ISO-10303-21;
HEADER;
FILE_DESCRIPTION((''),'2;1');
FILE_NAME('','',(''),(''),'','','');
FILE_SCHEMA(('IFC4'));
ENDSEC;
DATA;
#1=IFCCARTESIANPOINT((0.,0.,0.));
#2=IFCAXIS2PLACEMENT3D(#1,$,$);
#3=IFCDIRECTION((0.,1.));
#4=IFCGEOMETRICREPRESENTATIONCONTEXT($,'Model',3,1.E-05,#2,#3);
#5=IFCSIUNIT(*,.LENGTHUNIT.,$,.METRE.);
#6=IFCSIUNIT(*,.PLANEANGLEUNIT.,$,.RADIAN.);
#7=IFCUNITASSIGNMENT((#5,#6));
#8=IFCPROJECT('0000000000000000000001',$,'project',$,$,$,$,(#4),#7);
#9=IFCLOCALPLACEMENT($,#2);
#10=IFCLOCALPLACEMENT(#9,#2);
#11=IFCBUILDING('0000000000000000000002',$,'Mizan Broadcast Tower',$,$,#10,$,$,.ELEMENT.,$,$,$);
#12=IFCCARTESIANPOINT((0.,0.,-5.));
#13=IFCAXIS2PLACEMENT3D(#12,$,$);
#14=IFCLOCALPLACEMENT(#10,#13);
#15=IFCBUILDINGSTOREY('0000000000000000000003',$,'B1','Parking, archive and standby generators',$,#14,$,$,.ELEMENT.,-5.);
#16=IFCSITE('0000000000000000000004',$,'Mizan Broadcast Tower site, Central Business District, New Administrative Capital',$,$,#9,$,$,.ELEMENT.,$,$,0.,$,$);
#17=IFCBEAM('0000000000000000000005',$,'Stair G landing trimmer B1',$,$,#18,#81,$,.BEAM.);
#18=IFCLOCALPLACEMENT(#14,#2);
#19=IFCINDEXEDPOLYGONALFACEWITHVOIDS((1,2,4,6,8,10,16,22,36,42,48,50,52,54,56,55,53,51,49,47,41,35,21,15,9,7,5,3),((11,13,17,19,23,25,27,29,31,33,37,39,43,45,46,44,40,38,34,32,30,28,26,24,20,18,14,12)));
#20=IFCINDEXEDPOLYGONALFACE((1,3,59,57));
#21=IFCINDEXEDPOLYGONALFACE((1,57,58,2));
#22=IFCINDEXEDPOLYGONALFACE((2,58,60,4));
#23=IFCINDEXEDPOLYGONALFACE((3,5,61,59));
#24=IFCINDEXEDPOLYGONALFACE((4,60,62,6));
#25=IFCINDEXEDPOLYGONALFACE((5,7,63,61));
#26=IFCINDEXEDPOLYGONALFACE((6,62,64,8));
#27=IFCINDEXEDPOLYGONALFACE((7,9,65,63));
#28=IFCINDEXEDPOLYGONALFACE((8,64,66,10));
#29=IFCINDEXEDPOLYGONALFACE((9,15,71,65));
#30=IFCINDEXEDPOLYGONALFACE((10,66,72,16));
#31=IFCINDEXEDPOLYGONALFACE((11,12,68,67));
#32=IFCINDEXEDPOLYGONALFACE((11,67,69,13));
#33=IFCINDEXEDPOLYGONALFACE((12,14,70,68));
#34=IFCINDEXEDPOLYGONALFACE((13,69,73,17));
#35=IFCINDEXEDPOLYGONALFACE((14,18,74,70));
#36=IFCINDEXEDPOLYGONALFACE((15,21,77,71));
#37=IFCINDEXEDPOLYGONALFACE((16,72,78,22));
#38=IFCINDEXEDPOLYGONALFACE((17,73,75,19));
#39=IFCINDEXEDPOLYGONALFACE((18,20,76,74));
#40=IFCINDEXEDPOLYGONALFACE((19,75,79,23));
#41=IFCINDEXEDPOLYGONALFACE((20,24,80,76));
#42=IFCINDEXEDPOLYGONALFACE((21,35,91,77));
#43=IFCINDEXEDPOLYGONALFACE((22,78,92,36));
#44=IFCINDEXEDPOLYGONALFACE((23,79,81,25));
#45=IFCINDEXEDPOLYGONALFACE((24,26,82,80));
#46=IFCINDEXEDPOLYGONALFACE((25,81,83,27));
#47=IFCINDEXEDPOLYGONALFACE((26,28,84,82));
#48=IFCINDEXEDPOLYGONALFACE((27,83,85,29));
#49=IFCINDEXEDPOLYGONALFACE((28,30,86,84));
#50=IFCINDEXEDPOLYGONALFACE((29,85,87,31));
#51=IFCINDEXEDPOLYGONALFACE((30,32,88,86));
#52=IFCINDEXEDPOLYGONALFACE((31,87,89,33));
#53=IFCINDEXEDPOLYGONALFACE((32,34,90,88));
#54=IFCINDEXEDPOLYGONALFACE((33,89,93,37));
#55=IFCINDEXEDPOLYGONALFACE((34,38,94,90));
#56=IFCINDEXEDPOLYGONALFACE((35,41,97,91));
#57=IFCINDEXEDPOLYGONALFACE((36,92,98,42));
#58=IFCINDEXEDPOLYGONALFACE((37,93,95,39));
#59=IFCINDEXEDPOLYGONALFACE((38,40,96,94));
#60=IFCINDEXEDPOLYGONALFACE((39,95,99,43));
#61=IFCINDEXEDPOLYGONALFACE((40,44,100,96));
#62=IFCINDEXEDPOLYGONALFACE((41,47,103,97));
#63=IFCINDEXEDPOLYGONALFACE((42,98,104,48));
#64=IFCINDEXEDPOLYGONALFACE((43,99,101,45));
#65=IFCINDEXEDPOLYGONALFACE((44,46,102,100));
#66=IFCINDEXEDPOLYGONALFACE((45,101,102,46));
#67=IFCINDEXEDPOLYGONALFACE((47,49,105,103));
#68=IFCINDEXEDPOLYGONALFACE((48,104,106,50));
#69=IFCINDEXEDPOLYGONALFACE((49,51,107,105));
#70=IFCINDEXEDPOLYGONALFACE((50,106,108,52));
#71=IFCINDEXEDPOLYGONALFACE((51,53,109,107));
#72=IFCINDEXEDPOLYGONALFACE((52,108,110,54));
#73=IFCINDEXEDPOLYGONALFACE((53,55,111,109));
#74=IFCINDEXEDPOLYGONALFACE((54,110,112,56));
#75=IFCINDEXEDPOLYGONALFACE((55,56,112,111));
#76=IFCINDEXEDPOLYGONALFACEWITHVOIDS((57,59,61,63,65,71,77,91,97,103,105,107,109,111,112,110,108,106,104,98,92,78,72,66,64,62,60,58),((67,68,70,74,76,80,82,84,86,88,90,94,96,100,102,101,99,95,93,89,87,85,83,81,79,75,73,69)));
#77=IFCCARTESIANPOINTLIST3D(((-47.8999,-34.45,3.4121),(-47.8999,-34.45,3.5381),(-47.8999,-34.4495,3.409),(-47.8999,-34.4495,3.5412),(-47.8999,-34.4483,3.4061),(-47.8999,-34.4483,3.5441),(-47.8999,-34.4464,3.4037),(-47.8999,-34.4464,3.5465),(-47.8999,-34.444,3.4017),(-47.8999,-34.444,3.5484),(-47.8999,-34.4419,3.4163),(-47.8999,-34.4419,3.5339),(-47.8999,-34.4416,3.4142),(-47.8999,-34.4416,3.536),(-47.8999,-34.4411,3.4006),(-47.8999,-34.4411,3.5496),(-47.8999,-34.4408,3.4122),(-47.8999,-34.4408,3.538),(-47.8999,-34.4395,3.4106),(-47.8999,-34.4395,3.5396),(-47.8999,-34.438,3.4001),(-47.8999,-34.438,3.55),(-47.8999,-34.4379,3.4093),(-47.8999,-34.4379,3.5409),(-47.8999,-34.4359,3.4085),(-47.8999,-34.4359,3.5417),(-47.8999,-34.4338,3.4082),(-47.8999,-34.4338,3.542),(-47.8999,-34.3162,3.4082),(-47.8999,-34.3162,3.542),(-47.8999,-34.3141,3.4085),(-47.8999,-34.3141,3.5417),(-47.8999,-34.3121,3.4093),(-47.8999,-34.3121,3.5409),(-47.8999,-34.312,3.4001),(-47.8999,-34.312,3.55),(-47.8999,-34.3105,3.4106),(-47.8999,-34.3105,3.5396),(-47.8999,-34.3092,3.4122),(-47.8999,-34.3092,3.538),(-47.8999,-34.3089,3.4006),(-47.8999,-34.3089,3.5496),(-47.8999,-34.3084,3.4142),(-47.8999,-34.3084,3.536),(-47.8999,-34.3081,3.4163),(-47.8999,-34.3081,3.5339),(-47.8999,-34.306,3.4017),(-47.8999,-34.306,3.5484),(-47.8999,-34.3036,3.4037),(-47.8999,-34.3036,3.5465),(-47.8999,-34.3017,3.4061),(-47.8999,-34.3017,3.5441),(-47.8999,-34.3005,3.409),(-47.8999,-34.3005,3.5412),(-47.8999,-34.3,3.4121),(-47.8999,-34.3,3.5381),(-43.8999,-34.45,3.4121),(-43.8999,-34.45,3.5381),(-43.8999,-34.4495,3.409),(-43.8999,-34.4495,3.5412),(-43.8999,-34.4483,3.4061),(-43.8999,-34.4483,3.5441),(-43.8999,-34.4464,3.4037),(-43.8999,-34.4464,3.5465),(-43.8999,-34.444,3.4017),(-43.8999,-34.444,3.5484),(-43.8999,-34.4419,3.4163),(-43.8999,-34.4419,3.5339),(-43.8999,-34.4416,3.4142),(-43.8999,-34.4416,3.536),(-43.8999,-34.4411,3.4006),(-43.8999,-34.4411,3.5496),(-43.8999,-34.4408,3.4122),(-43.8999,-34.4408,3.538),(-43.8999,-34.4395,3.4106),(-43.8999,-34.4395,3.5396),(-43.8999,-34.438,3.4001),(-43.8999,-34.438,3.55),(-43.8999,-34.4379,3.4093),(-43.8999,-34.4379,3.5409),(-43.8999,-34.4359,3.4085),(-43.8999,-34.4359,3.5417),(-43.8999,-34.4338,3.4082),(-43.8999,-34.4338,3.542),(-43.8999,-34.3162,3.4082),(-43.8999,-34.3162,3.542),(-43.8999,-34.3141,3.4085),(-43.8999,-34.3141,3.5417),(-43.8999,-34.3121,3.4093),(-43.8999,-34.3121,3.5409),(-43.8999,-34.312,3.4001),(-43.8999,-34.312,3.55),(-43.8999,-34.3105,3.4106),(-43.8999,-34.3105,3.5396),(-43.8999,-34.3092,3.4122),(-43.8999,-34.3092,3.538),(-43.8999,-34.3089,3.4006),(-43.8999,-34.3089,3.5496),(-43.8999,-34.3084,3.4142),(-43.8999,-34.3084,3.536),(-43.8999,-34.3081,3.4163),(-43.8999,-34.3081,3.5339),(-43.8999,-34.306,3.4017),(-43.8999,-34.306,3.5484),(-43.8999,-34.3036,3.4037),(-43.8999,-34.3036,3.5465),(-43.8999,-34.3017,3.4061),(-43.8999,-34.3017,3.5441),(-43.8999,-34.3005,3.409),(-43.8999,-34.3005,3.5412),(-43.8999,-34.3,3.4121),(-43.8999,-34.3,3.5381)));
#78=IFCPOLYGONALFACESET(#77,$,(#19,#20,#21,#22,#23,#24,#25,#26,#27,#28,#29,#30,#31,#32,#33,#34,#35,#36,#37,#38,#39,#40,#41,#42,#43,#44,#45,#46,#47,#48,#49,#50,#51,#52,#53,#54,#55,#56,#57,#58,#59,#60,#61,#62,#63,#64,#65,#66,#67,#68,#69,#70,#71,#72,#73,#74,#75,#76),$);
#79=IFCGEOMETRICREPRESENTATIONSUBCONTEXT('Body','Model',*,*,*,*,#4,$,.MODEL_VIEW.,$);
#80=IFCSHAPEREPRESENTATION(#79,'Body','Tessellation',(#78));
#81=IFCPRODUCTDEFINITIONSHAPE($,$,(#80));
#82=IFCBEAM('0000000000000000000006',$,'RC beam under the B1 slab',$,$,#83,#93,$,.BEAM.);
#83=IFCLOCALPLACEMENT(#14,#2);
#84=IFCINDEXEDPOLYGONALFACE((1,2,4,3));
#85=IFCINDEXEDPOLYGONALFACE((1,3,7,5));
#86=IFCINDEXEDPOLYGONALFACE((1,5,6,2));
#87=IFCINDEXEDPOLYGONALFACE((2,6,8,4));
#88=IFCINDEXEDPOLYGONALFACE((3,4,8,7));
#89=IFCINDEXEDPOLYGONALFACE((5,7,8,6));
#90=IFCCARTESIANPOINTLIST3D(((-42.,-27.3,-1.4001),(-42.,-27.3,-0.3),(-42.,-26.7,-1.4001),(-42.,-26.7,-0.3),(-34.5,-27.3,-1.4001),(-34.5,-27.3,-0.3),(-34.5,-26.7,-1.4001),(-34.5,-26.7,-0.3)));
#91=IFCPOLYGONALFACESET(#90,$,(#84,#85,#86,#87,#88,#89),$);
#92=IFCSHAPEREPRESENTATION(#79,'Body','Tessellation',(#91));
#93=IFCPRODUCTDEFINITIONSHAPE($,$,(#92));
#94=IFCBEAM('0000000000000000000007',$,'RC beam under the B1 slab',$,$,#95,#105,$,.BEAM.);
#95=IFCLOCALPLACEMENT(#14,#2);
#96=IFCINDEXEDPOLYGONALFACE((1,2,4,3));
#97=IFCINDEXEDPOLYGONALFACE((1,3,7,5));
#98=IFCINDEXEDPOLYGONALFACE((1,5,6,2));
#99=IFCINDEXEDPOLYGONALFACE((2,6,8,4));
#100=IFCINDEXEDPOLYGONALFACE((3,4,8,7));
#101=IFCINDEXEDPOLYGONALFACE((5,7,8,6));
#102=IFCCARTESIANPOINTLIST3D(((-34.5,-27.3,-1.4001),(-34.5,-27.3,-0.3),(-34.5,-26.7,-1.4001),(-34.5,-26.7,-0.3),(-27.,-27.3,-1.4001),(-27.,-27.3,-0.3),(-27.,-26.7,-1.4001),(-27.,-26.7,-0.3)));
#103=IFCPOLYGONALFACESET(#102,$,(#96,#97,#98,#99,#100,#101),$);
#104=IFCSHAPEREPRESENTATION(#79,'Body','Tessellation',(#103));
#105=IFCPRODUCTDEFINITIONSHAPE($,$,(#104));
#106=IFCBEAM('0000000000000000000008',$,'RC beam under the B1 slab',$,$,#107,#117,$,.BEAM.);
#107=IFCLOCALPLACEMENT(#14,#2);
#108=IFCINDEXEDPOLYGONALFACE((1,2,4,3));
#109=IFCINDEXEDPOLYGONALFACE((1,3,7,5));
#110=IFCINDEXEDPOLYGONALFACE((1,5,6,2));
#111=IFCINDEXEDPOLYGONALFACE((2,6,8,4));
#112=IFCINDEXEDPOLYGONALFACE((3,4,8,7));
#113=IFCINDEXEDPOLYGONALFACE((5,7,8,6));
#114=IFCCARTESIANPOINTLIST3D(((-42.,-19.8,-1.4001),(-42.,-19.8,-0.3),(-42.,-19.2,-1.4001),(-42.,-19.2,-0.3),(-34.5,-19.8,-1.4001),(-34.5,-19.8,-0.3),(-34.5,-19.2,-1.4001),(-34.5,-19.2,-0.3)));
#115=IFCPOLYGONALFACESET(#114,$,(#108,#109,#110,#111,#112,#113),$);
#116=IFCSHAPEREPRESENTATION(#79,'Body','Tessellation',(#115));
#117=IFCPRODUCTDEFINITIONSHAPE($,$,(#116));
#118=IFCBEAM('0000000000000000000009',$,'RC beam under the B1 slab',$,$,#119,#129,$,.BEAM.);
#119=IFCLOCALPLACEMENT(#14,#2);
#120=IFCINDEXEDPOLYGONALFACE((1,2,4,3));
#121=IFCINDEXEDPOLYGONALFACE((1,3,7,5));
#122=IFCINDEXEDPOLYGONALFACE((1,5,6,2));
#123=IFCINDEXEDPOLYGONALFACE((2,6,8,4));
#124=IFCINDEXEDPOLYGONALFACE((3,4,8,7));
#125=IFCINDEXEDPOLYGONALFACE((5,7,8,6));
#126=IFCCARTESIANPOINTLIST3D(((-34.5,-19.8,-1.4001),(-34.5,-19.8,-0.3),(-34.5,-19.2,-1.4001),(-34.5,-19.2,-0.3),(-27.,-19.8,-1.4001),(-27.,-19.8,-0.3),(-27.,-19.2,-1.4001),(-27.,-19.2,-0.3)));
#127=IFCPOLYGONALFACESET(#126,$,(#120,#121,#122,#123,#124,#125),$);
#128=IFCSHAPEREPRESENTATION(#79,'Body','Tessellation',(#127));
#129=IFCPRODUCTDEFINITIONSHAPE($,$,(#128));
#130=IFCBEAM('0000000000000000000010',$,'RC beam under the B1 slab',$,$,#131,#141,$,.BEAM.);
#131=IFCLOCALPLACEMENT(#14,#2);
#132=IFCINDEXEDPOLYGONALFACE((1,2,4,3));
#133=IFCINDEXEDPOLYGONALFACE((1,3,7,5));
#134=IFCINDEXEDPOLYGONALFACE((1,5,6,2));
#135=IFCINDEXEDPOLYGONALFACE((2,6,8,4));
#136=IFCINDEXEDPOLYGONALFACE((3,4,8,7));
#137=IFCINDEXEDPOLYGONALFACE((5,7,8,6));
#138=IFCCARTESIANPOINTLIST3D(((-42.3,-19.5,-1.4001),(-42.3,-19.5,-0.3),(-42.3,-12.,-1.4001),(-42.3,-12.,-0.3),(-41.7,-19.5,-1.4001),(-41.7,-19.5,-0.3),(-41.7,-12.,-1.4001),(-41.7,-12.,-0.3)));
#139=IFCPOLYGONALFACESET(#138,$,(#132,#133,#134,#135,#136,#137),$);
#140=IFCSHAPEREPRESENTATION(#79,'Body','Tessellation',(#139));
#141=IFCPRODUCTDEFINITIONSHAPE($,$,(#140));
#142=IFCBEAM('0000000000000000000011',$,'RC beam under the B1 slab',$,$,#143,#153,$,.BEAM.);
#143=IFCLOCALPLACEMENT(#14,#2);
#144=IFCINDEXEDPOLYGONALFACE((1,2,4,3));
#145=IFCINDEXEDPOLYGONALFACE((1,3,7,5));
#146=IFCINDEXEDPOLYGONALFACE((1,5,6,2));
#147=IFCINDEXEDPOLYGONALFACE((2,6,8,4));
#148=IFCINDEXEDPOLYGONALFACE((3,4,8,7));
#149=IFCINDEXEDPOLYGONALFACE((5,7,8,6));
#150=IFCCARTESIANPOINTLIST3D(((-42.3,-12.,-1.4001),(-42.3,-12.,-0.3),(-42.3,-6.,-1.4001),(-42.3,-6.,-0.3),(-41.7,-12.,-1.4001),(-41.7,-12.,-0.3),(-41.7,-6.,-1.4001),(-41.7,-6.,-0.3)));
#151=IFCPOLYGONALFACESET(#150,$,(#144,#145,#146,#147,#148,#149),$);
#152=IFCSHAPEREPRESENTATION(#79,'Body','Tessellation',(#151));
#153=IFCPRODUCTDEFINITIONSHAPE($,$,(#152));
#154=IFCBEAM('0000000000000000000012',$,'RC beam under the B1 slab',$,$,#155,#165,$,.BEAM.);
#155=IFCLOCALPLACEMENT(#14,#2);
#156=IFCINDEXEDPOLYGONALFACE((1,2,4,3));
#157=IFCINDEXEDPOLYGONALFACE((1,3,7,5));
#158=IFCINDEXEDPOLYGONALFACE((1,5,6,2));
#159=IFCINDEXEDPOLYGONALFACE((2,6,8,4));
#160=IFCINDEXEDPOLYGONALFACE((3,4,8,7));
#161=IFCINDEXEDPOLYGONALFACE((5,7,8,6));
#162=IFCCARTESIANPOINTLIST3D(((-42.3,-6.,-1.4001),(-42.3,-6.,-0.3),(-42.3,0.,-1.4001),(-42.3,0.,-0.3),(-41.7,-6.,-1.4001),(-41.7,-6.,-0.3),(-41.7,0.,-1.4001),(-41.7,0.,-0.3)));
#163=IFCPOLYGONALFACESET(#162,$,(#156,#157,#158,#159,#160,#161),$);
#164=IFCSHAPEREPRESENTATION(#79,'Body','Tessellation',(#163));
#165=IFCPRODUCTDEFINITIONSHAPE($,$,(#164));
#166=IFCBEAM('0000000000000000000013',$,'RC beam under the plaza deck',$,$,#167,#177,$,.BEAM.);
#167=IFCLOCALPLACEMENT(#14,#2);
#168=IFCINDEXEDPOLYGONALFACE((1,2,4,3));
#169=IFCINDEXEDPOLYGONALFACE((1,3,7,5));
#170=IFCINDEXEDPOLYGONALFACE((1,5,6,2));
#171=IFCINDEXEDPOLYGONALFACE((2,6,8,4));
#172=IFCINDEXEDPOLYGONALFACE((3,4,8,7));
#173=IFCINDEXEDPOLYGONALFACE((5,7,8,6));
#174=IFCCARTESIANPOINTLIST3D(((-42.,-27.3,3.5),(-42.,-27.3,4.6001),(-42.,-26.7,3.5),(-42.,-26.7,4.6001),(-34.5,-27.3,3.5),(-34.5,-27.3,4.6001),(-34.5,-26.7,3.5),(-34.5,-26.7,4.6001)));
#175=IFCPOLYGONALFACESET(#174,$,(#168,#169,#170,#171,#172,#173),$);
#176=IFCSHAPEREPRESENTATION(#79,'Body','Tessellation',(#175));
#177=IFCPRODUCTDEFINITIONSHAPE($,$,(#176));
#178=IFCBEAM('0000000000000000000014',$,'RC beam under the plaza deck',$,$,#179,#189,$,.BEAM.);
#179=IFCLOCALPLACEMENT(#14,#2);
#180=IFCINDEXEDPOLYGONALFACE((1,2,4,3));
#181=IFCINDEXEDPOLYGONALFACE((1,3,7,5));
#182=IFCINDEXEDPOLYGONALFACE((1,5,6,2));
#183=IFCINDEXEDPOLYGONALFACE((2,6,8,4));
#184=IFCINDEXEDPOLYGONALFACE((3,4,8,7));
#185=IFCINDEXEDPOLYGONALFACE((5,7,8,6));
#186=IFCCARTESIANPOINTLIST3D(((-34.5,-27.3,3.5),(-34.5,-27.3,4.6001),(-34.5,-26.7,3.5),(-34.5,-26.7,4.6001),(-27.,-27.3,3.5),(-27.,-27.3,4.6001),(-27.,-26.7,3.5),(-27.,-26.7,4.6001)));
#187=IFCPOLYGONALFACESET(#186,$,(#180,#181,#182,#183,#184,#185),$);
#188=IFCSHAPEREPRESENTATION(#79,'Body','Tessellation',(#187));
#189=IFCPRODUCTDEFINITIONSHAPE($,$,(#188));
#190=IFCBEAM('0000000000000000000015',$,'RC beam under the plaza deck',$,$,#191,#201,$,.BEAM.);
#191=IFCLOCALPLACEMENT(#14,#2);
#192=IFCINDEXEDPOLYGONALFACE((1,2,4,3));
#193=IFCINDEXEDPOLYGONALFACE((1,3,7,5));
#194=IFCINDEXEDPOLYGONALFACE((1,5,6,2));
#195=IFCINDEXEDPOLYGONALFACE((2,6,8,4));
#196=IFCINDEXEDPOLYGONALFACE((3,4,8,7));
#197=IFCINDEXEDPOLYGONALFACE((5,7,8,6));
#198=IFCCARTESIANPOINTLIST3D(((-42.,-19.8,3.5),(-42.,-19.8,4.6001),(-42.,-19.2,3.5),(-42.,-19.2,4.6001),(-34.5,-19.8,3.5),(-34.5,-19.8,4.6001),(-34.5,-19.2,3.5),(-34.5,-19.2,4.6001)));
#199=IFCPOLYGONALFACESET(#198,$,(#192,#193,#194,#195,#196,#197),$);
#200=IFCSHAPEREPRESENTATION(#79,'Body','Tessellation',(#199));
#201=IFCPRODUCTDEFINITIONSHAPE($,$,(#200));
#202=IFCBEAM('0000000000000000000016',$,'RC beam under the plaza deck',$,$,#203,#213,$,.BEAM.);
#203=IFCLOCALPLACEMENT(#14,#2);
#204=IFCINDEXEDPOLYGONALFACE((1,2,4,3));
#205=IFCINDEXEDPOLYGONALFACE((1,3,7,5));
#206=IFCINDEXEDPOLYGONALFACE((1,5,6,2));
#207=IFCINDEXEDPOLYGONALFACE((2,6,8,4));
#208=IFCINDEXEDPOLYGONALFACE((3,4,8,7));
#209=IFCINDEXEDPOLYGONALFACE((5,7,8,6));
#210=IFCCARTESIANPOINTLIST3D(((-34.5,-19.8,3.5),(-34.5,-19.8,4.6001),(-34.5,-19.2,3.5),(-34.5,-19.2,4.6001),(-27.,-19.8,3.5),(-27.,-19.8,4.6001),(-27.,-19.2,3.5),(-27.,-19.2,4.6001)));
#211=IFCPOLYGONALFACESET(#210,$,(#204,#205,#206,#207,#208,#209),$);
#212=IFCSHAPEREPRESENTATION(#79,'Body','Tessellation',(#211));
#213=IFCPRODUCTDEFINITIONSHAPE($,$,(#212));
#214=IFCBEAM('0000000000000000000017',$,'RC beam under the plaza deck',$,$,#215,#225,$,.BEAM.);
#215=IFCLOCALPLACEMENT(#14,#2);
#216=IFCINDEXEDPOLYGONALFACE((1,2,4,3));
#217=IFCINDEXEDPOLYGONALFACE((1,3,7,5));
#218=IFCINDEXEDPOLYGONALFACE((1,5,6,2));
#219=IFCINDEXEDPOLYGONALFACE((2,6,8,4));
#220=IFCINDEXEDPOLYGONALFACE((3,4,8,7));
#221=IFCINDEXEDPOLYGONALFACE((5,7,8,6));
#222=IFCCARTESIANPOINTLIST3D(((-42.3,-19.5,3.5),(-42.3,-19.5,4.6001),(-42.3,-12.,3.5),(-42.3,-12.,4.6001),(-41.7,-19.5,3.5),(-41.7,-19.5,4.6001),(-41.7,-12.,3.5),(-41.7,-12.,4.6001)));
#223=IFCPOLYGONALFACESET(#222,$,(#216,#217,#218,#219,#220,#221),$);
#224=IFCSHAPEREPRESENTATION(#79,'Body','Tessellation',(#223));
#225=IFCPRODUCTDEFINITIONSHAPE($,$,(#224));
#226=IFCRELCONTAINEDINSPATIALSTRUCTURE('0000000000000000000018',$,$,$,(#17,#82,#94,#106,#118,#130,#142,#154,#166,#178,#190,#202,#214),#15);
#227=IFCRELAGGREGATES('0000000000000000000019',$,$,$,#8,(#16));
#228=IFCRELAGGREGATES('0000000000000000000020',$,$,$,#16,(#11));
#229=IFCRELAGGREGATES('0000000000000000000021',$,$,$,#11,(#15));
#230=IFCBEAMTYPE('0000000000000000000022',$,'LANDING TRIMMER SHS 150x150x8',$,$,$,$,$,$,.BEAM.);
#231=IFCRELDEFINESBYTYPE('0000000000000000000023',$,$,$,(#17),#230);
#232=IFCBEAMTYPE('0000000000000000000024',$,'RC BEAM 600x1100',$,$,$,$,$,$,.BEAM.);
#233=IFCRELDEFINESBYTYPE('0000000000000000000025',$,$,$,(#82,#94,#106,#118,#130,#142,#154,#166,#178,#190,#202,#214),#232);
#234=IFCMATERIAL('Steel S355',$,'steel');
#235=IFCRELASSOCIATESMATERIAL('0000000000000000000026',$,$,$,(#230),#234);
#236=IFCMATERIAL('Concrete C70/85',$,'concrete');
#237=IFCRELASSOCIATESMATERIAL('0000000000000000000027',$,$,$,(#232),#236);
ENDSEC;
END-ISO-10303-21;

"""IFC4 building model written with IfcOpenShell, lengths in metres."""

from ifc_helpers import new_model, si_unit, direction, frame, origin, origin_2d, place, context, subcontext, project, spatial, rectangle, hollow_rectangle, extrude, material, material_profile, profile_set, type_object, element, save


model = new_model("IFC4")

# Units and contexts
model_context = context("Model", 3, precision=1e-05, world=origin(), true_north=direction((0.0, 1.0)))
body_context = subcontext(model_context, "Body", "Model", "MODEL_VIEW")
ifc_project = project(units=[si_unit("LENGTHUNIT", "METRE"), si_unit("PLANEANGLEUNIT", "RADIAN")], contexts=[model_context])

# Site, building, storey
site_placement = place(None, origin())
site = spatial("IfcSite", under=ifc_project, at=site_placement, Name="Mizan Broadcast Tower site, Central Business District, New Administrative Capital", CompositionType="ELEMENT", RefElevation=0.0)
building_placement = place(site_placement, origin())
building = spatial("IfcBuilding", under=site, at=building_placement, Name="Mizan Broadcast Tower", CompositionType="ELEMENT")
storey_placement = place(building_placement, frame((0.0, 0.0, -5.0)))
storey = spatial("IfcBuildingStorey", under=building, at=storey_placement, Name="B1", Description="Parking, archive and standby generators", CompositionType="ELEMENT", Elevation=-5.0)

# Beams
ifc_material_1 = material(Name="Steel S355", Category="steel")
ifc_material_profile_1 = material_profile(ifc_material_1, hollow_rectangle(XDim=0.1499, YDim=0.1499, WallThickness=0.0081, InnerFilletRadius=0.0081, OuterFilletRadius=0.012, at=origin_2d()), Name="SHS 150x150x8")
ifc_profile_set_1 = profile_set([ifc_material_profile_1], Name="Steel S355")
beam_type_1 = type_object("IfcBeamType", Name="LANDING TRIMMER SHS 150x150x8", PredefinedType="BEAM", material=ifc_profile_set_1)
for number, where, z_axis, x_axis, name in (
    (1, (-43.8999, -34.375, 3.4751), (-1.0, 0.0, 0.0), (0.0, -1.0, 0.0), "Stair G landing trimmer B1"),
):
    element("IfcBeam", number, at=place(storey_placement, frame(where, z_axis=z_axis, x_axis=x_axis)), inside=storey, type_object=beam_type_1, Name=name, PredefinedType="BEAM", context=body_context, shape_type="SweptSolid", body=[
        extrude(hollow_rectangle(XDim=0.1499, YDim=0.1499, WallThickness=0.0081, InnerFilletRadius=0.0081, OuterFilletRadius=0.012, at=origin_2d()), origin(), (0.0, 0.0, 1.0), 4.0),
    ])
ifc_material_2 = material(Name="Concrete C70/85", Category="concrete")
ifc_material_profile_2 = material_profile(ifc_material_2, rectangle(XDim=0.6001, YDim=1.1001, at=origin_2d()), Name="RC 600x1100")
ifc_profile_set_2 = profile_set([ifc_material_profile_2], Name="Concrete C70/85")
beam_type_2 = type_object("IfcBeamType", Name="RC BEAM 600x1100", PredefinedType="BEAM", material=ifc_profile_set_2)
for number, where, z_axis, x_axis, name in (
    (2, (-42.0, -27.0, -0.8501), (1.0, 0.0, 0.0), (0.0, 1.0, 0.0), "RC beam under the B1 slab"),
    (3, (-34.5, -27.0, -0.8501), (1.0, 0.0, 0.0), (0.0, 1.0, 0.0), "RC beam under the B1 slab"),
    (4, (-42.0, -19.5, -0.8501), (1.0, 0.0, 0.0), (0.0, 1.0, 0.0), "RC beam under the B1 slab"),
    (5, (-34.5, -19.5, -0.8501), (1.0, 0.0, 0.0), (0.0, 1.0, 0.0), "RC beam under the B1 slab"),
    (6, (-42.0, -19.5, -0.8501), (0.0, 1.0, 0.0), (-1.0, 0.0, 0.0), "RC beam under the B1 slab"),
):
    element("IfcBeam", number, at=place(storey_placement, frame(where, z_axis=z_axis, x_axis=x_axis)), inside=storey, type_object=beam_type_2, Name=name, PredefinedType="BEAM", context=body_context, shape_type="SweptSolid", body=[
        extrude(rectangle(XDim=0.6001, YDim=1.1001, at=origin_2d()), origin(), (0.0, 0.0, 1.0), 7.5),
    ])
for number, where, z_axis, x_axis, name in (
    (7, (-42.0, -12.0, -0.8501), (0.0, 1.0, 0.0), (-1.0, 0.0, 0.0), "RC beam under the B1 slab"),
    (8, (-42.0, -6.0, -0.8501), (0.0, 1.0, 0.0), (-1.0, 0.0, 0.0), "RC beam under the B1 slab"),
):
    element("IfcBeam", number, at=place(storey_placement, frame(where, z_axis=z_axis, x_axis=x_axis)), inside=storey, type_object=beam_type_2, Name=name, PredefinedType="BEAM", context=body_context, shape_type="SweptSolid", body=[
        extrude(rectangle(XDim=0.6001, YDim=1.1001, at=origin_2d()), origin(), (0.0, 0.0, 1.0), 6.0),
    ])
for number, where, z_axis, x_axis, name in (
    (9, (-42.0, -27.0, 4.05), (1.0, 0.0, 0.0), (0.0, 1.0, 0.0), "RC beam under the plaza deck"),
    (10, (-34.5, -27.0, 4.05), (1.0, 0.0, 0.0), (0.0, 1.0, 0.0), "RC beam under the plaza deck"),
    (11, (-42.0, -19.5, 4.05), (1.0, 0.0, 0.0), (0.0, 1.0, 0.0), "RC beam under the plaza deck"),
    (12, (-34.5, -19.5, 4.05), (1.0, 0.0, 0.0), (0.0, 1.0, 0.0), "RC beam under the plaza deck"),
    (13, (-42.0, -19.5, 4.05), (0.0, 1.0, 0.0), (-1.0, 0.0, 0.0), "RC beam under the plaza deck"),
):
    element("IfcBeam", number, at=place(storey_placement, frame(where, z_axis=z_axis, x_axis=x_axis)), inside=storey, type_object=beam_type_2, Name=name, PredefinedType="BEAM", context=body_context, shape_type="SweptSolid", body=[
        extrude(rectangle(XDim=0.6001, YDim=1.1001, at=origin_2d()), origin(), (0.0, 0.0, 1.0), 7.5),
    ])

save(model, "model.ifc")
